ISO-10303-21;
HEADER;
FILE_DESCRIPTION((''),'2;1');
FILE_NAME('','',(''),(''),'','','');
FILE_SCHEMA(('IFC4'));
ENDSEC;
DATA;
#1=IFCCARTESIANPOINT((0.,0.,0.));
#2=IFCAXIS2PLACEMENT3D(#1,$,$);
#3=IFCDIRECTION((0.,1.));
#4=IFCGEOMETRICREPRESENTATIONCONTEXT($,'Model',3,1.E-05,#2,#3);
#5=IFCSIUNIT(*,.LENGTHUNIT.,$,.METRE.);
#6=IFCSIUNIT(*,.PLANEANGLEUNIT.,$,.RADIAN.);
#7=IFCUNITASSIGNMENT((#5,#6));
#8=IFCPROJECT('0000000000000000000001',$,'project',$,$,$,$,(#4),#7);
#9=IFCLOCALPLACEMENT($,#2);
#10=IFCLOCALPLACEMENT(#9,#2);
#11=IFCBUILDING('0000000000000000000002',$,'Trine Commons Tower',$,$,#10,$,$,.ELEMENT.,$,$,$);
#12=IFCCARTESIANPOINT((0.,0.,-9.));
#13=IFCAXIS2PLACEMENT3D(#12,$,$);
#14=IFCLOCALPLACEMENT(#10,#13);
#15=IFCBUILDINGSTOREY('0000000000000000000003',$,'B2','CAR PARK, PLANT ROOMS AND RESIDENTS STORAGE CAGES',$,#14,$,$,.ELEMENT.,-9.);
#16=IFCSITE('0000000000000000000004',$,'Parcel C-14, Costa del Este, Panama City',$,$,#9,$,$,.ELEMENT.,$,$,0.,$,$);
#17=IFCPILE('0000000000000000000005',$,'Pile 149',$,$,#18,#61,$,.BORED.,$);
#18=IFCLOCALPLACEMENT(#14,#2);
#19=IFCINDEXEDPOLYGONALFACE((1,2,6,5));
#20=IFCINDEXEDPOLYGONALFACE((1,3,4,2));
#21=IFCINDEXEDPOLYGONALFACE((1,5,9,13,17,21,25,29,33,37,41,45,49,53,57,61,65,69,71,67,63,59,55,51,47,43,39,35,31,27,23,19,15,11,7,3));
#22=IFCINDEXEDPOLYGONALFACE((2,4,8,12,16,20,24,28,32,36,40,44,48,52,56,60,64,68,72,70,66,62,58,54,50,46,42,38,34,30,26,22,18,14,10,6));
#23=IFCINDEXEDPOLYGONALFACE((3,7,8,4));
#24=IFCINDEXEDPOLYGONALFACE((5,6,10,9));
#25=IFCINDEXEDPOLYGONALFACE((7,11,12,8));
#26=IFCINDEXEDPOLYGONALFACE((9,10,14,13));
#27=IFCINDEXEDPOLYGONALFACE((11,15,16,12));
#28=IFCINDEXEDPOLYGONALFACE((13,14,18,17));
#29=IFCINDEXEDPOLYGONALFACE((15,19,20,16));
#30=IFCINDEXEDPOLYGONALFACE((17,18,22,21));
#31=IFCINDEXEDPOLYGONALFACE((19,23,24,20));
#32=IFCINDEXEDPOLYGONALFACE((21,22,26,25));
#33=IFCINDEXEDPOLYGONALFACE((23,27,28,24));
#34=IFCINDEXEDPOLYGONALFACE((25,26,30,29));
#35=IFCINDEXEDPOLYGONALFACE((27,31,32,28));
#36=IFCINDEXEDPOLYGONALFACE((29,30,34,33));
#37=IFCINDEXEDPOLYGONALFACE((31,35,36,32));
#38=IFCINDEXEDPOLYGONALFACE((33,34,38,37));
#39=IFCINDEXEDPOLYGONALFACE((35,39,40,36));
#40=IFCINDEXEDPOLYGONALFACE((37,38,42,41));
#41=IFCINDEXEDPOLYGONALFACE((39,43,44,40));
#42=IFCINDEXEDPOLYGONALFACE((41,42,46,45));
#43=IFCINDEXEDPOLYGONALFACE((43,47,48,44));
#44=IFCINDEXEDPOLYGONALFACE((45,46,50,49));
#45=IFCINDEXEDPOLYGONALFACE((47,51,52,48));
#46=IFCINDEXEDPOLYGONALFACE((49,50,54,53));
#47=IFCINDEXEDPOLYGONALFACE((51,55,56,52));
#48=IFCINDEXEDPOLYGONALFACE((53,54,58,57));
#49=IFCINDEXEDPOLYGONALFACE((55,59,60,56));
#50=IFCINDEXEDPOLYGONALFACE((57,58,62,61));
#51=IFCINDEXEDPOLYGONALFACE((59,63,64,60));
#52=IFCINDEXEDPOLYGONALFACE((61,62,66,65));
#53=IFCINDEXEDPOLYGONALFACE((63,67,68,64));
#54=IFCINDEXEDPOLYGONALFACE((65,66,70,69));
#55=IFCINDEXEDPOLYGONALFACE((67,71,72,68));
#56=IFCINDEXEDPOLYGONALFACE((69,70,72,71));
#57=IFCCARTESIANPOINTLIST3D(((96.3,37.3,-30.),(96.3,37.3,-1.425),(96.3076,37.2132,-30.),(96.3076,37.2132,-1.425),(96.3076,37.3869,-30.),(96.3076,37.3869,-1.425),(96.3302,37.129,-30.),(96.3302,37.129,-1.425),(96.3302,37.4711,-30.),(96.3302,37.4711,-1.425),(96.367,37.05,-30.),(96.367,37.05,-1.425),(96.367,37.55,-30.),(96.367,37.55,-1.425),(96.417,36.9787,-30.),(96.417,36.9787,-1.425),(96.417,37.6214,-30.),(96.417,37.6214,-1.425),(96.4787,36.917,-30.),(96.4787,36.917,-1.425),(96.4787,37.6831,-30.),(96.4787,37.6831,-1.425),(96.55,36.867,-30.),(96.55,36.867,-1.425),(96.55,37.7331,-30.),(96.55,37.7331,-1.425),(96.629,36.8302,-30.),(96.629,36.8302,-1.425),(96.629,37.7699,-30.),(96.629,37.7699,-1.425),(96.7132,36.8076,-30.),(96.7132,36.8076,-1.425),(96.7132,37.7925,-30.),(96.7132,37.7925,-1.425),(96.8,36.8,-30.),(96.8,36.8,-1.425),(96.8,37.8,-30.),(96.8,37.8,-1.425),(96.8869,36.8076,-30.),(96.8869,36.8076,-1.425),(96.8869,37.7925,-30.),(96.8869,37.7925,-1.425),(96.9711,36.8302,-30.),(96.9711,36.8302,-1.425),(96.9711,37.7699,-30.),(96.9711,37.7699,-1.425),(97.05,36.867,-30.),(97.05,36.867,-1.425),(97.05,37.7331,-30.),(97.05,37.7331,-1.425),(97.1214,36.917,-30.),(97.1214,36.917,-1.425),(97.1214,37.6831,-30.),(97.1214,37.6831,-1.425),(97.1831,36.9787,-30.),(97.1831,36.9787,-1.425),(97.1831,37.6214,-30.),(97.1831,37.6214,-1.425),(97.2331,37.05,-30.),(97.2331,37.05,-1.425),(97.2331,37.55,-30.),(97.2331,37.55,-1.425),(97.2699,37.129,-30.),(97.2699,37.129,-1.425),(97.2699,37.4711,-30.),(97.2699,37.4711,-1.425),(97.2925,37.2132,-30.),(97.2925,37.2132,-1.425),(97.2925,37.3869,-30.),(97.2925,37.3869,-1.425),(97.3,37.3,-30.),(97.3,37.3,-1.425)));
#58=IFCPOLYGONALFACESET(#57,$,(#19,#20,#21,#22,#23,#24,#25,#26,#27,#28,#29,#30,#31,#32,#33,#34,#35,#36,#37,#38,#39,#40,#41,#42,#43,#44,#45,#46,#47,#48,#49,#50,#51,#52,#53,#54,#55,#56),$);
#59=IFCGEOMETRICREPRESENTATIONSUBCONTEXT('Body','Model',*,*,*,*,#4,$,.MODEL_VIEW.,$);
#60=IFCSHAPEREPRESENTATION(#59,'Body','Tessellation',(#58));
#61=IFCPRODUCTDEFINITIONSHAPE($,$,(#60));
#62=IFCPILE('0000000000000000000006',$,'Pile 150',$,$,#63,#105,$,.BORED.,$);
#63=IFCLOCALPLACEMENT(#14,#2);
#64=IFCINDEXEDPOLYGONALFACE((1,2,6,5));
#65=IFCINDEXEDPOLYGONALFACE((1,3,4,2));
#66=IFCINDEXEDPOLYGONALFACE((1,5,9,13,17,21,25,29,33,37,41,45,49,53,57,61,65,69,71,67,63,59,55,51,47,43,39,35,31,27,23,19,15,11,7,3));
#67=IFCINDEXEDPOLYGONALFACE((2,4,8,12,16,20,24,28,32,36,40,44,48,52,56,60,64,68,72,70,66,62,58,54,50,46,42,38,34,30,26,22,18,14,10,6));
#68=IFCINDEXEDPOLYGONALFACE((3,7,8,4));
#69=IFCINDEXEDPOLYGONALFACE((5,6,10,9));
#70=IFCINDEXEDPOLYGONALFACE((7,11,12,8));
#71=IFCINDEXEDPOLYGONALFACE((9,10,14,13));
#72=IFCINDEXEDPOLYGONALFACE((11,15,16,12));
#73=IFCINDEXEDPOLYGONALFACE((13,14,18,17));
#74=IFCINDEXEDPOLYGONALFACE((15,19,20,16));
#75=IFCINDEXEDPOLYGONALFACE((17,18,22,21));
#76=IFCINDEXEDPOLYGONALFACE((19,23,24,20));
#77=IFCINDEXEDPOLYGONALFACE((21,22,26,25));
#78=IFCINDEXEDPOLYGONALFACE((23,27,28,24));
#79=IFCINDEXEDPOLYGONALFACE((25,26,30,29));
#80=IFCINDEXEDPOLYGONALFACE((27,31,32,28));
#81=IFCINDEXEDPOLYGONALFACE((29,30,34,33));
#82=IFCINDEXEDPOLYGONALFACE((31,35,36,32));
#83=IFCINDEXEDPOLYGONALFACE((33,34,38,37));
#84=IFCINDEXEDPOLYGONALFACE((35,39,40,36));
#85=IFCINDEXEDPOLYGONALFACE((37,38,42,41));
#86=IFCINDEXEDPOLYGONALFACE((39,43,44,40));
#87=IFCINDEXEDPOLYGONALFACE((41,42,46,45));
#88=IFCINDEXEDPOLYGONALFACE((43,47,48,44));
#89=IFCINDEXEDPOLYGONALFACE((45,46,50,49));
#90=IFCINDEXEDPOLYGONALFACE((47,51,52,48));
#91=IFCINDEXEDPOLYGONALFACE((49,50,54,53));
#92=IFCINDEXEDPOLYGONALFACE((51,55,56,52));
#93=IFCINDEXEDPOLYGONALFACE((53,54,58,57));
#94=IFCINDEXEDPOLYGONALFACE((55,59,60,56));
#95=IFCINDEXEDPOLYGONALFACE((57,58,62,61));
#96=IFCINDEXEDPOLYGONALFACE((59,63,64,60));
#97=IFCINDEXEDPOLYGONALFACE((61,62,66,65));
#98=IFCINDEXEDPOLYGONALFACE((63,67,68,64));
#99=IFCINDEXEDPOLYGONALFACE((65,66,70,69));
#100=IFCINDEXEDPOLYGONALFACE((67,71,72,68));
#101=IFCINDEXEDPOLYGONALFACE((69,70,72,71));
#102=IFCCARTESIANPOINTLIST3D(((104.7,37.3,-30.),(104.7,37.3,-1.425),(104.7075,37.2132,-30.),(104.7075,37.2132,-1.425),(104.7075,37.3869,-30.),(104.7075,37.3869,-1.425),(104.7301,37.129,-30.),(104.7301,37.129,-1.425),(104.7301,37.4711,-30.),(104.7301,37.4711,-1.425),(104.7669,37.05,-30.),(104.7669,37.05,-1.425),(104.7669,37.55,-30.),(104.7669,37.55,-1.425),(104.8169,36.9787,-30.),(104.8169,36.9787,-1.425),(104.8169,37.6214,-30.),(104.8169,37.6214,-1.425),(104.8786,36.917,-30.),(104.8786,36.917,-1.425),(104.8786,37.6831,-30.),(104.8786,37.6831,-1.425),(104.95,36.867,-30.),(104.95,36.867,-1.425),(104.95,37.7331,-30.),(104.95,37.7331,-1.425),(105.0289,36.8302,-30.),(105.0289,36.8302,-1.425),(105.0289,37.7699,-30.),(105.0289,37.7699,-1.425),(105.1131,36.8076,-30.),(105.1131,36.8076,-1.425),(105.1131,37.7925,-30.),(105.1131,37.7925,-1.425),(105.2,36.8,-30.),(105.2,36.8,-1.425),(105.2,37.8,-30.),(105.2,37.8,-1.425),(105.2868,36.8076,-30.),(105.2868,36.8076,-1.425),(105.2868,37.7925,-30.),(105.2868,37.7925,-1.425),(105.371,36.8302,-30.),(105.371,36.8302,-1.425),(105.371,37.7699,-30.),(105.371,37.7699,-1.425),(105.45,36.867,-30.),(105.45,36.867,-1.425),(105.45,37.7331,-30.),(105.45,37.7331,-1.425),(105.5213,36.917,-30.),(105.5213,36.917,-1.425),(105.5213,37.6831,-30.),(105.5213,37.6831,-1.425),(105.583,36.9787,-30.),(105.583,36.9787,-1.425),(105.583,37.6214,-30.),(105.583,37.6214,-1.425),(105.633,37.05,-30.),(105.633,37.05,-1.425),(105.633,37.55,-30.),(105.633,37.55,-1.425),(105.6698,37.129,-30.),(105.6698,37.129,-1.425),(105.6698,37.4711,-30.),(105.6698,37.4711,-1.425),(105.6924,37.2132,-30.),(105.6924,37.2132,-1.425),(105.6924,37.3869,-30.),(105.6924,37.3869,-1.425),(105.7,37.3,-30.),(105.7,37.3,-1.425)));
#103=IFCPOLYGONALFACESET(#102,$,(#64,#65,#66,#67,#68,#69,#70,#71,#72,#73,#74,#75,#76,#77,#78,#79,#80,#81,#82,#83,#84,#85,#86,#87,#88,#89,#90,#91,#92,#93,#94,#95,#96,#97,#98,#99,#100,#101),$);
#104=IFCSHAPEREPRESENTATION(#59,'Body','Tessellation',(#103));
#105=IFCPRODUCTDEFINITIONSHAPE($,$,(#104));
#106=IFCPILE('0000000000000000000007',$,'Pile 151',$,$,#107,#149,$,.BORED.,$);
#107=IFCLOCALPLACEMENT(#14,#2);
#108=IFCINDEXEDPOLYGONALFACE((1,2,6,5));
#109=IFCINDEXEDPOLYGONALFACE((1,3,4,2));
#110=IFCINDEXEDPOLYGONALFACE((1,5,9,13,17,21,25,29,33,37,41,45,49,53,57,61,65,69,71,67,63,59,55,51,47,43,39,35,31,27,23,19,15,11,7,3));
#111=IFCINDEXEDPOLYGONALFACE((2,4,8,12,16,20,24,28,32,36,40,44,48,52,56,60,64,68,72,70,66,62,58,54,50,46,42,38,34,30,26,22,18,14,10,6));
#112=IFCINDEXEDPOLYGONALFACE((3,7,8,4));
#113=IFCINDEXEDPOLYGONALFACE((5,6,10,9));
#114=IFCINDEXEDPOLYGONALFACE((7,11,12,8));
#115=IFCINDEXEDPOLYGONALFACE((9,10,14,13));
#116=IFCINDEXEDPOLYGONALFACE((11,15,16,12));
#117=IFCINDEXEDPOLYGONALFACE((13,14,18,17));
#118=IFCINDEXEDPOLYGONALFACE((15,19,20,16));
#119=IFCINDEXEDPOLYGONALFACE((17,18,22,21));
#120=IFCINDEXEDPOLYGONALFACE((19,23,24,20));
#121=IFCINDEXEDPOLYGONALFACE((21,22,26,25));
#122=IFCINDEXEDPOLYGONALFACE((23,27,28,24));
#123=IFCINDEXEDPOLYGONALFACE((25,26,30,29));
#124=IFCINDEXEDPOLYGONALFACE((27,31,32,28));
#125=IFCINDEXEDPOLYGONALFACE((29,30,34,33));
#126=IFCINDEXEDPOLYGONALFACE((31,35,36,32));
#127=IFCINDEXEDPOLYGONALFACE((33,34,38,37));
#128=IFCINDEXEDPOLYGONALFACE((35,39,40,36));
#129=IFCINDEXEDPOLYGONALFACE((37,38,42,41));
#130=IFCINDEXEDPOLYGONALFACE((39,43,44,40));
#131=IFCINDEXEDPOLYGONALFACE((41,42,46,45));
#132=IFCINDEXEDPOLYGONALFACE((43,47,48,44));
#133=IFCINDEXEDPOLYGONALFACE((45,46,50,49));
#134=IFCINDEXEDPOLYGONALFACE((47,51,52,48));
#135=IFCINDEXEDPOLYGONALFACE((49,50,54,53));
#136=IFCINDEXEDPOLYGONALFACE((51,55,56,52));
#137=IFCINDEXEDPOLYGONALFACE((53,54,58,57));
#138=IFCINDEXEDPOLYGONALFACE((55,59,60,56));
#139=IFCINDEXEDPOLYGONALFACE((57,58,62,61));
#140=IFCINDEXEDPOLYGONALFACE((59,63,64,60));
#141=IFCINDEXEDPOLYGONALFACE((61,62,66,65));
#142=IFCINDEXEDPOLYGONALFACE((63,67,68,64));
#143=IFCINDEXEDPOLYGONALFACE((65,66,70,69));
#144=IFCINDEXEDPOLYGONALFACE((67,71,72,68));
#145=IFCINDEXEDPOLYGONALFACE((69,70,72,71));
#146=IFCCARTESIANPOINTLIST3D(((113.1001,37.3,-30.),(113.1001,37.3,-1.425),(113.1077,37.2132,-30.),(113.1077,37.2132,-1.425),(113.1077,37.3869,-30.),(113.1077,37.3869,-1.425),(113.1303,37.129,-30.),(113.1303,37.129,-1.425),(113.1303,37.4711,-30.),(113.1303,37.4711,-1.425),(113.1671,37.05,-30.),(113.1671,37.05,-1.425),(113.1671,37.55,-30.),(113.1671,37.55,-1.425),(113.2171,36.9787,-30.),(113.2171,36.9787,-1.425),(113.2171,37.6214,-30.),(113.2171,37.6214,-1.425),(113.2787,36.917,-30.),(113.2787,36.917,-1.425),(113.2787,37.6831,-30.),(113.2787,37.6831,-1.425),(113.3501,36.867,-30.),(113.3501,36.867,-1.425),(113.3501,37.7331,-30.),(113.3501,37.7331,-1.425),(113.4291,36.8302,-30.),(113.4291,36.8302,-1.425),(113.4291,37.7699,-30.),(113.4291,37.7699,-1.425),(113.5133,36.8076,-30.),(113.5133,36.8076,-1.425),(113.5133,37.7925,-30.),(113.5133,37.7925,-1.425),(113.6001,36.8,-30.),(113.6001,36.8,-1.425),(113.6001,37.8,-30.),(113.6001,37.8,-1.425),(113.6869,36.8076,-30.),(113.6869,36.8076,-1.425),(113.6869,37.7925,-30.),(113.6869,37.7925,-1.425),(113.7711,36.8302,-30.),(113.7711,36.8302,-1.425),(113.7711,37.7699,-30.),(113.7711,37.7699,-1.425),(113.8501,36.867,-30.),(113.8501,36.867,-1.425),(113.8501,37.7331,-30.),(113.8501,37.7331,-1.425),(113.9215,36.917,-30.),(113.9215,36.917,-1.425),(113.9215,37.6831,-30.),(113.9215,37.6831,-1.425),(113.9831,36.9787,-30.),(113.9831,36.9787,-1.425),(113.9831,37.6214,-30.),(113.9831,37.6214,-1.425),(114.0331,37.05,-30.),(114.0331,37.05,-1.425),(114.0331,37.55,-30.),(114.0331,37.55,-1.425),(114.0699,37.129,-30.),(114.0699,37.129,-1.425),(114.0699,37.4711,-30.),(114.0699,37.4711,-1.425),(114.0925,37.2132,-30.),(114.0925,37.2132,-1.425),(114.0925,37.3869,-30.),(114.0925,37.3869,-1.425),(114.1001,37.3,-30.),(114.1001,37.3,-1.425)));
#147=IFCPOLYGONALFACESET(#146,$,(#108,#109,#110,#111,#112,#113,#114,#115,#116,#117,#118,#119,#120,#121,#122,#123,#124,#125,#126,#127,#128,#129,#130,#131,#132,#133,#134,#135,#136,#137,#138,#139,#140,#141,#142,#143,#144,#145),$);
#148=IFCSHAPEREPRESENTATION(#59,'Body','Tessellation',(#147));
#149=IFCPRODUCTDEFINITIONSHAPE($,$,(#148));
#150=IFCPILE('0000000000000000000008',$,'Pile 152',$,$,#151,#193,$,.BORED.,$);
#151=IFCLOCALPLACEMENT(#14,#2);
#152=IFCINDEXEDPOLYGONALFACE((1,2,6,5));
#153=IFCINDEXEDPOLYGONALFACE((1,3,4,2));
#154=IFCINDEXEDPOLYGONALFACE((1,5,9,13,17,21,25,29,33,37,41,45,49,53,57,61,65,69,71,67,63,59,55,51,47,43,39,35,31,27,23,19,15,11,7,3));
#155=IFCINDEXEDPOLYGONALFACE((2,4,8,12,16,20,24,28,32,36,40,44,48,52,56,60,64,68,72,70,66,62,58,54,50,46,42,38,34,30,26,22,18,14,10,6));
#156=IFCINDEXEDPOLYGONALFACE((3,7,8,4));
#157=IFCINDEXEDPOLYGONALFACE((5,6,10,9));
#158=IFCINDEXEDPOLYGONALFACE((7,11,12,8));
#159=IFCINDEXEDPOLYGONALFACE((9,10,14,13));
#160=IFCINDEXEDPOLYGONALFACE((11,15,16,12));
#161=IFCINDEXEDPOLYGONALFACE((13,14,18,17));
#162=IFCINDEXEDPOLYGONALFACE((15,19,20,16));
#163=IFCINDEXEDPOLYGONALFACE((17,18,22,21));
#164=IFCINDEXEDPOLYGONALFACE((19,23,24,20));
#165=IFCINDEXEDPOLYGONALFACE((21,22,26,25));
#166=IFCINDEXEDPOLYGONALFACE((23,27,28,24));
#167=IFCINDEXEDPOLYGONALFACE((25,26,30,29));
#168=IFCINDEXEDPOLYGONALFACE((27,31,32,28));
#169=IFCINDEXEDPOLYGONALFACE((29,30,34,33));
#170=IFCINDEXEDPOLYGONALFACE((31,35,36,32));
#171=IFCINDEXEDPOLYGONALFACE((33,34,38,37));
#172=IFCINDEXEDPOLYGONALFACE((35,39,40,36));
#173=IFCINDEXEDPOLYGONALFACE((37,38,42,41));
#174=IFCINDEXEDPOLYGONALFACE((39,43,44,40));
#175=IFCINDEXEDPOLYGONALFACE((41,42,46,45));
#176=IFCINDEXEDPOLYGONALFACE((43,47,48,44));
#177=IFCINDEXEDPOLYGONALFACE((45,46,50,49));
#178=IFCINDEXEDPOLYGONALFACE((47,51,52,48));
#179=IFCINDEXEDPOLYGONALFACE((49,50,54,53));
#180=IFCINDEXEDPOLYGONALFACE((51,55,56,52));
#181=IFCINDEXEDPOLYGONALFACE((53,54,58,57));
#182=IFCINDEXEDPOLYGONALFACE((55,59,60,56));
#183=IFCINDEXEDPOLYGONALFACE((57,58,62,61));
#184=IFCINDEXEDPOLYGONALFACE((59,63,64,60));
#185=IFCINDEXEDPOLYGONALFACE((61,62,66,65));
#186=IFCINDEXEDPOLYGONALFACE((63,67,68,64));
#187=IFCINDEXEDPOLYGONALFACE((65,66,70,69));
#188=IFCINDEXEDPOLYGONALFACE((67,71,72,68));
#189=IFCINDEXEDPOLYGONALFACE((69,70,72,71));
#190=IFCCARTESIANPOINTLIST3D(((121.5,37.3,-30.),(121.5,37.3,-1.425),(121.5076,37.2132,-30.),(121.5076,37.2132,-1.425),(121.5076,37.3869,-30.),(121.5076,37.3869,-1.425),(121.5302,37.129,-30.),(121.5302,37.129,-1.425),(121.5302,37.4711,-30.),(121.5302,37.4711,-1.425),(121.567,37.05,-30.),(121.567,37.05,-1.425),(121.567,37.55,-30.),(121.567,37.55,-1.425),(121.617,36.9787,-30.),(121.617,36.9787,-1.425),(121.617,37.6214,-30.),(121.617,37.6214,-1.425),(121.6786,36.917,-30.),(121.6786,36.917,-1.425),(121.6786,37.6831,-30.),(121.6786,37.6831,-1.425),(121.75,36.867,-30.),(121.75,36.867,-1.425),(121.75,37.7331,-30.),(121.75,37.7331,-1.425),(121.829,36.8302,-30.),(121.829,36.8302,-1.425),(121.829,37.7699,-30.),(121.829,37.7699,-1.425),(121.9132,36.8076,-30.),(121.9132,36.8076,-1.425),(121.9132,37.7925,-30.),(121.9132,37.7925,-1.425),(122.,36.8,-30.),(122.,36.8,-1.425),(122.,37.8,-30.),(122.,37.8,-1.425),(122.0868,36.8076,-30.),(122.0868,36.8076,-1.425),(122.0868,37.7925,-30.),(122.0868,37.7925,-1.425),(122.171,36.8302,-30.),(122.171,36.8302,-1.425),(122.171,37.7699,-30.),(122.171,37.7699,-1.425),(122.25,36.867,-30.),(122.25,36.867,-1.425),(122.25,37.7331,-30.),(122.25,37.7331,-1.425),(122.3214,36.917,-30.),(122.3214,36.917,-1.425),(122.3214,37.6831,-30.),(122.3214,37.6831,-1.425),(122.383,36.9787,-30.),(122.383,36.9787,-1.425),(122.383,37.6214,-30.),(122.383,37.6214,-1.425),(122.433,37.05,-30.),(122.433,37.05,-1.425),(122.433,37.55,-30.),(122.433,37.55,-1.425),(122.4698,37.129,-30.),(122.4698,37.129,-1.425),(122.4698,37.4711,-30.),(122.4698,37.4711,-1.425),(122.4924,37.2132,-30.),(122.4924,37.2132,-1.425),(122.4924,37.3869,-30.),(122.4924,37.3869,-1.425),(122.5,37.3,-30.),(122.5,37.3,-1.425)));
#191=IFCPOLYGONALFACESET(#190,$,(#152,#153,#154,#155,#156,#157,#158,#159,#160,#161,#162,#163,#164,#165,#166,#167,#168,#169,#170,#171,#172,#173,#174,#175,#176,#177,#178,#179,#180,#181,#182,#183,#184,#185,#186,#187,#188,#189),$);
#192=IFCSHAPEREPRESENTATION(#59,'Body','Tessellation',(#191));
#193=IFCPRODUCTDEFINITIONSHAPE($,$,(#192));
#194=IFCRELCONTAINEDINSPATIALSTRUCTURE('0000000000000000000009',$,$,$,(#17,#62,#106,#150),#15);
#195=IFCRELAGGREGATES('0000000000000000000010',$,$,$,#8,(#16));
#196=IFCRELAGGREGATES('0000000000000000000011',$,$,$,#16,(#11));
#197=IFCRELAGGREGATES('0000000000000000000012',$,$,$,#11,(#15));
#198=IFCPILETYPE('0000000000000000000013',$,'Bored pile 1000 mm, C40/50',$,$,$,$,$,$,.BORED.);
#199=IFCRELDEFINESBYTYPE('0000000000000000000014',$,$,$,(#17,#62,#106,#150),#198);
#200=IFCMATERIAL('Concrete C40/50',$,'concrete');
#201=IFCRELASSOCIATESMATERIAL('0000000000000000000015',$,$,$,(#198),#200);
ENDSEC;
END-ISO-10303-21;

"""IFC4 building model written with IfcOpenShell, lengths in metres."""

from ifc_helpers import new_model, si_unit, direction, frame, origin, origin_2d, place, context, subcontext, project, spatial, circle, extrude, material, type_object, element, save


model = new_model("IFC4")

# Units and contexts
model_context = context("Model", 3, precision=1e-05, world=origin(), true_north=direction((0.0, 1.0)))
body_context = subcontext(model_context, "Body", "Model", "MODEL_VIEW")
ifc_project = project(units=[si_unit("LENGTHUNIT", "METRE"), si_unit("PLANEANGLEUNIT", "RADIAN")], contexts=[model_context])

# Site, building, storey
site_placement = place(None, origin())
site = spatial("IfcSite", under=ifc_project, at=site_placement, Name="Parcel C-14, Costa del Este, Panama City", CompositionType="ELEMENT", RefElevation=0.0)
building_placement = place(site_placement, origin())
building = spatial("IfcBuilding", under=site, at=building_placement, Name="Trine Commons Tower", CompositionType="ELEMENT")
storey_placement = place(building_placement, frame((0.0, 0.0, -9.0)))
storey = spatial("IfcBuildingStorey", under=building, at=storey_placement, Name="B2", Description="CAR PARK, PLANT ROOMS AND RESIDENTS STORAGE CAGES", CompositionType="ELEMENT", Elevation=-9.0)

# Piles
ifc_material_1 = material(Name="Concrete C40/50", Category="concrete")
pile_type_1 = type_object("IfcPileType", Name="Bored pile 1000 mm, C40/50", PredefinedType="BORED", material=ifc_material_1)
for number, where, z_axis, x_axis, name in (
    (1, (96.8, 37.3, -1.425), (0.0, 0.0, -1.0), (1.0, 0.0, 0.0), "Pile 149"),
    (2, (105.2, 37.3, -1.425), (0.0, 0.0, -1.0), (1.0, 0.0, 0.0), "Pile 150"),
    (3, (113.6001, 37.3, -1.425), (0.0, 0.0, -1.0), (1.0, 0.0, 0.0), "Pile 151"),
    (4, (122.0, 37.3, -1.425), (0.0, 0.0, -1.0), (1.0, 0.0, 0.0), "Pile 152"),
):
    element("IfcPile", number, at=place(storey_placement, frame(where, z_axis=z_axis, x_axis=x_axis)), inside=storey, type_object=pile_type_1, Name=name, PredefinedType="BORED", context=body_context, shape_type="SweptSolid", body=[
        extrude(circle(Radius=0.5, at=origin_2d()), origin(), (0.0, 0.0, 1.0), 28.575),
    ])

save(model, "model.ifc")
